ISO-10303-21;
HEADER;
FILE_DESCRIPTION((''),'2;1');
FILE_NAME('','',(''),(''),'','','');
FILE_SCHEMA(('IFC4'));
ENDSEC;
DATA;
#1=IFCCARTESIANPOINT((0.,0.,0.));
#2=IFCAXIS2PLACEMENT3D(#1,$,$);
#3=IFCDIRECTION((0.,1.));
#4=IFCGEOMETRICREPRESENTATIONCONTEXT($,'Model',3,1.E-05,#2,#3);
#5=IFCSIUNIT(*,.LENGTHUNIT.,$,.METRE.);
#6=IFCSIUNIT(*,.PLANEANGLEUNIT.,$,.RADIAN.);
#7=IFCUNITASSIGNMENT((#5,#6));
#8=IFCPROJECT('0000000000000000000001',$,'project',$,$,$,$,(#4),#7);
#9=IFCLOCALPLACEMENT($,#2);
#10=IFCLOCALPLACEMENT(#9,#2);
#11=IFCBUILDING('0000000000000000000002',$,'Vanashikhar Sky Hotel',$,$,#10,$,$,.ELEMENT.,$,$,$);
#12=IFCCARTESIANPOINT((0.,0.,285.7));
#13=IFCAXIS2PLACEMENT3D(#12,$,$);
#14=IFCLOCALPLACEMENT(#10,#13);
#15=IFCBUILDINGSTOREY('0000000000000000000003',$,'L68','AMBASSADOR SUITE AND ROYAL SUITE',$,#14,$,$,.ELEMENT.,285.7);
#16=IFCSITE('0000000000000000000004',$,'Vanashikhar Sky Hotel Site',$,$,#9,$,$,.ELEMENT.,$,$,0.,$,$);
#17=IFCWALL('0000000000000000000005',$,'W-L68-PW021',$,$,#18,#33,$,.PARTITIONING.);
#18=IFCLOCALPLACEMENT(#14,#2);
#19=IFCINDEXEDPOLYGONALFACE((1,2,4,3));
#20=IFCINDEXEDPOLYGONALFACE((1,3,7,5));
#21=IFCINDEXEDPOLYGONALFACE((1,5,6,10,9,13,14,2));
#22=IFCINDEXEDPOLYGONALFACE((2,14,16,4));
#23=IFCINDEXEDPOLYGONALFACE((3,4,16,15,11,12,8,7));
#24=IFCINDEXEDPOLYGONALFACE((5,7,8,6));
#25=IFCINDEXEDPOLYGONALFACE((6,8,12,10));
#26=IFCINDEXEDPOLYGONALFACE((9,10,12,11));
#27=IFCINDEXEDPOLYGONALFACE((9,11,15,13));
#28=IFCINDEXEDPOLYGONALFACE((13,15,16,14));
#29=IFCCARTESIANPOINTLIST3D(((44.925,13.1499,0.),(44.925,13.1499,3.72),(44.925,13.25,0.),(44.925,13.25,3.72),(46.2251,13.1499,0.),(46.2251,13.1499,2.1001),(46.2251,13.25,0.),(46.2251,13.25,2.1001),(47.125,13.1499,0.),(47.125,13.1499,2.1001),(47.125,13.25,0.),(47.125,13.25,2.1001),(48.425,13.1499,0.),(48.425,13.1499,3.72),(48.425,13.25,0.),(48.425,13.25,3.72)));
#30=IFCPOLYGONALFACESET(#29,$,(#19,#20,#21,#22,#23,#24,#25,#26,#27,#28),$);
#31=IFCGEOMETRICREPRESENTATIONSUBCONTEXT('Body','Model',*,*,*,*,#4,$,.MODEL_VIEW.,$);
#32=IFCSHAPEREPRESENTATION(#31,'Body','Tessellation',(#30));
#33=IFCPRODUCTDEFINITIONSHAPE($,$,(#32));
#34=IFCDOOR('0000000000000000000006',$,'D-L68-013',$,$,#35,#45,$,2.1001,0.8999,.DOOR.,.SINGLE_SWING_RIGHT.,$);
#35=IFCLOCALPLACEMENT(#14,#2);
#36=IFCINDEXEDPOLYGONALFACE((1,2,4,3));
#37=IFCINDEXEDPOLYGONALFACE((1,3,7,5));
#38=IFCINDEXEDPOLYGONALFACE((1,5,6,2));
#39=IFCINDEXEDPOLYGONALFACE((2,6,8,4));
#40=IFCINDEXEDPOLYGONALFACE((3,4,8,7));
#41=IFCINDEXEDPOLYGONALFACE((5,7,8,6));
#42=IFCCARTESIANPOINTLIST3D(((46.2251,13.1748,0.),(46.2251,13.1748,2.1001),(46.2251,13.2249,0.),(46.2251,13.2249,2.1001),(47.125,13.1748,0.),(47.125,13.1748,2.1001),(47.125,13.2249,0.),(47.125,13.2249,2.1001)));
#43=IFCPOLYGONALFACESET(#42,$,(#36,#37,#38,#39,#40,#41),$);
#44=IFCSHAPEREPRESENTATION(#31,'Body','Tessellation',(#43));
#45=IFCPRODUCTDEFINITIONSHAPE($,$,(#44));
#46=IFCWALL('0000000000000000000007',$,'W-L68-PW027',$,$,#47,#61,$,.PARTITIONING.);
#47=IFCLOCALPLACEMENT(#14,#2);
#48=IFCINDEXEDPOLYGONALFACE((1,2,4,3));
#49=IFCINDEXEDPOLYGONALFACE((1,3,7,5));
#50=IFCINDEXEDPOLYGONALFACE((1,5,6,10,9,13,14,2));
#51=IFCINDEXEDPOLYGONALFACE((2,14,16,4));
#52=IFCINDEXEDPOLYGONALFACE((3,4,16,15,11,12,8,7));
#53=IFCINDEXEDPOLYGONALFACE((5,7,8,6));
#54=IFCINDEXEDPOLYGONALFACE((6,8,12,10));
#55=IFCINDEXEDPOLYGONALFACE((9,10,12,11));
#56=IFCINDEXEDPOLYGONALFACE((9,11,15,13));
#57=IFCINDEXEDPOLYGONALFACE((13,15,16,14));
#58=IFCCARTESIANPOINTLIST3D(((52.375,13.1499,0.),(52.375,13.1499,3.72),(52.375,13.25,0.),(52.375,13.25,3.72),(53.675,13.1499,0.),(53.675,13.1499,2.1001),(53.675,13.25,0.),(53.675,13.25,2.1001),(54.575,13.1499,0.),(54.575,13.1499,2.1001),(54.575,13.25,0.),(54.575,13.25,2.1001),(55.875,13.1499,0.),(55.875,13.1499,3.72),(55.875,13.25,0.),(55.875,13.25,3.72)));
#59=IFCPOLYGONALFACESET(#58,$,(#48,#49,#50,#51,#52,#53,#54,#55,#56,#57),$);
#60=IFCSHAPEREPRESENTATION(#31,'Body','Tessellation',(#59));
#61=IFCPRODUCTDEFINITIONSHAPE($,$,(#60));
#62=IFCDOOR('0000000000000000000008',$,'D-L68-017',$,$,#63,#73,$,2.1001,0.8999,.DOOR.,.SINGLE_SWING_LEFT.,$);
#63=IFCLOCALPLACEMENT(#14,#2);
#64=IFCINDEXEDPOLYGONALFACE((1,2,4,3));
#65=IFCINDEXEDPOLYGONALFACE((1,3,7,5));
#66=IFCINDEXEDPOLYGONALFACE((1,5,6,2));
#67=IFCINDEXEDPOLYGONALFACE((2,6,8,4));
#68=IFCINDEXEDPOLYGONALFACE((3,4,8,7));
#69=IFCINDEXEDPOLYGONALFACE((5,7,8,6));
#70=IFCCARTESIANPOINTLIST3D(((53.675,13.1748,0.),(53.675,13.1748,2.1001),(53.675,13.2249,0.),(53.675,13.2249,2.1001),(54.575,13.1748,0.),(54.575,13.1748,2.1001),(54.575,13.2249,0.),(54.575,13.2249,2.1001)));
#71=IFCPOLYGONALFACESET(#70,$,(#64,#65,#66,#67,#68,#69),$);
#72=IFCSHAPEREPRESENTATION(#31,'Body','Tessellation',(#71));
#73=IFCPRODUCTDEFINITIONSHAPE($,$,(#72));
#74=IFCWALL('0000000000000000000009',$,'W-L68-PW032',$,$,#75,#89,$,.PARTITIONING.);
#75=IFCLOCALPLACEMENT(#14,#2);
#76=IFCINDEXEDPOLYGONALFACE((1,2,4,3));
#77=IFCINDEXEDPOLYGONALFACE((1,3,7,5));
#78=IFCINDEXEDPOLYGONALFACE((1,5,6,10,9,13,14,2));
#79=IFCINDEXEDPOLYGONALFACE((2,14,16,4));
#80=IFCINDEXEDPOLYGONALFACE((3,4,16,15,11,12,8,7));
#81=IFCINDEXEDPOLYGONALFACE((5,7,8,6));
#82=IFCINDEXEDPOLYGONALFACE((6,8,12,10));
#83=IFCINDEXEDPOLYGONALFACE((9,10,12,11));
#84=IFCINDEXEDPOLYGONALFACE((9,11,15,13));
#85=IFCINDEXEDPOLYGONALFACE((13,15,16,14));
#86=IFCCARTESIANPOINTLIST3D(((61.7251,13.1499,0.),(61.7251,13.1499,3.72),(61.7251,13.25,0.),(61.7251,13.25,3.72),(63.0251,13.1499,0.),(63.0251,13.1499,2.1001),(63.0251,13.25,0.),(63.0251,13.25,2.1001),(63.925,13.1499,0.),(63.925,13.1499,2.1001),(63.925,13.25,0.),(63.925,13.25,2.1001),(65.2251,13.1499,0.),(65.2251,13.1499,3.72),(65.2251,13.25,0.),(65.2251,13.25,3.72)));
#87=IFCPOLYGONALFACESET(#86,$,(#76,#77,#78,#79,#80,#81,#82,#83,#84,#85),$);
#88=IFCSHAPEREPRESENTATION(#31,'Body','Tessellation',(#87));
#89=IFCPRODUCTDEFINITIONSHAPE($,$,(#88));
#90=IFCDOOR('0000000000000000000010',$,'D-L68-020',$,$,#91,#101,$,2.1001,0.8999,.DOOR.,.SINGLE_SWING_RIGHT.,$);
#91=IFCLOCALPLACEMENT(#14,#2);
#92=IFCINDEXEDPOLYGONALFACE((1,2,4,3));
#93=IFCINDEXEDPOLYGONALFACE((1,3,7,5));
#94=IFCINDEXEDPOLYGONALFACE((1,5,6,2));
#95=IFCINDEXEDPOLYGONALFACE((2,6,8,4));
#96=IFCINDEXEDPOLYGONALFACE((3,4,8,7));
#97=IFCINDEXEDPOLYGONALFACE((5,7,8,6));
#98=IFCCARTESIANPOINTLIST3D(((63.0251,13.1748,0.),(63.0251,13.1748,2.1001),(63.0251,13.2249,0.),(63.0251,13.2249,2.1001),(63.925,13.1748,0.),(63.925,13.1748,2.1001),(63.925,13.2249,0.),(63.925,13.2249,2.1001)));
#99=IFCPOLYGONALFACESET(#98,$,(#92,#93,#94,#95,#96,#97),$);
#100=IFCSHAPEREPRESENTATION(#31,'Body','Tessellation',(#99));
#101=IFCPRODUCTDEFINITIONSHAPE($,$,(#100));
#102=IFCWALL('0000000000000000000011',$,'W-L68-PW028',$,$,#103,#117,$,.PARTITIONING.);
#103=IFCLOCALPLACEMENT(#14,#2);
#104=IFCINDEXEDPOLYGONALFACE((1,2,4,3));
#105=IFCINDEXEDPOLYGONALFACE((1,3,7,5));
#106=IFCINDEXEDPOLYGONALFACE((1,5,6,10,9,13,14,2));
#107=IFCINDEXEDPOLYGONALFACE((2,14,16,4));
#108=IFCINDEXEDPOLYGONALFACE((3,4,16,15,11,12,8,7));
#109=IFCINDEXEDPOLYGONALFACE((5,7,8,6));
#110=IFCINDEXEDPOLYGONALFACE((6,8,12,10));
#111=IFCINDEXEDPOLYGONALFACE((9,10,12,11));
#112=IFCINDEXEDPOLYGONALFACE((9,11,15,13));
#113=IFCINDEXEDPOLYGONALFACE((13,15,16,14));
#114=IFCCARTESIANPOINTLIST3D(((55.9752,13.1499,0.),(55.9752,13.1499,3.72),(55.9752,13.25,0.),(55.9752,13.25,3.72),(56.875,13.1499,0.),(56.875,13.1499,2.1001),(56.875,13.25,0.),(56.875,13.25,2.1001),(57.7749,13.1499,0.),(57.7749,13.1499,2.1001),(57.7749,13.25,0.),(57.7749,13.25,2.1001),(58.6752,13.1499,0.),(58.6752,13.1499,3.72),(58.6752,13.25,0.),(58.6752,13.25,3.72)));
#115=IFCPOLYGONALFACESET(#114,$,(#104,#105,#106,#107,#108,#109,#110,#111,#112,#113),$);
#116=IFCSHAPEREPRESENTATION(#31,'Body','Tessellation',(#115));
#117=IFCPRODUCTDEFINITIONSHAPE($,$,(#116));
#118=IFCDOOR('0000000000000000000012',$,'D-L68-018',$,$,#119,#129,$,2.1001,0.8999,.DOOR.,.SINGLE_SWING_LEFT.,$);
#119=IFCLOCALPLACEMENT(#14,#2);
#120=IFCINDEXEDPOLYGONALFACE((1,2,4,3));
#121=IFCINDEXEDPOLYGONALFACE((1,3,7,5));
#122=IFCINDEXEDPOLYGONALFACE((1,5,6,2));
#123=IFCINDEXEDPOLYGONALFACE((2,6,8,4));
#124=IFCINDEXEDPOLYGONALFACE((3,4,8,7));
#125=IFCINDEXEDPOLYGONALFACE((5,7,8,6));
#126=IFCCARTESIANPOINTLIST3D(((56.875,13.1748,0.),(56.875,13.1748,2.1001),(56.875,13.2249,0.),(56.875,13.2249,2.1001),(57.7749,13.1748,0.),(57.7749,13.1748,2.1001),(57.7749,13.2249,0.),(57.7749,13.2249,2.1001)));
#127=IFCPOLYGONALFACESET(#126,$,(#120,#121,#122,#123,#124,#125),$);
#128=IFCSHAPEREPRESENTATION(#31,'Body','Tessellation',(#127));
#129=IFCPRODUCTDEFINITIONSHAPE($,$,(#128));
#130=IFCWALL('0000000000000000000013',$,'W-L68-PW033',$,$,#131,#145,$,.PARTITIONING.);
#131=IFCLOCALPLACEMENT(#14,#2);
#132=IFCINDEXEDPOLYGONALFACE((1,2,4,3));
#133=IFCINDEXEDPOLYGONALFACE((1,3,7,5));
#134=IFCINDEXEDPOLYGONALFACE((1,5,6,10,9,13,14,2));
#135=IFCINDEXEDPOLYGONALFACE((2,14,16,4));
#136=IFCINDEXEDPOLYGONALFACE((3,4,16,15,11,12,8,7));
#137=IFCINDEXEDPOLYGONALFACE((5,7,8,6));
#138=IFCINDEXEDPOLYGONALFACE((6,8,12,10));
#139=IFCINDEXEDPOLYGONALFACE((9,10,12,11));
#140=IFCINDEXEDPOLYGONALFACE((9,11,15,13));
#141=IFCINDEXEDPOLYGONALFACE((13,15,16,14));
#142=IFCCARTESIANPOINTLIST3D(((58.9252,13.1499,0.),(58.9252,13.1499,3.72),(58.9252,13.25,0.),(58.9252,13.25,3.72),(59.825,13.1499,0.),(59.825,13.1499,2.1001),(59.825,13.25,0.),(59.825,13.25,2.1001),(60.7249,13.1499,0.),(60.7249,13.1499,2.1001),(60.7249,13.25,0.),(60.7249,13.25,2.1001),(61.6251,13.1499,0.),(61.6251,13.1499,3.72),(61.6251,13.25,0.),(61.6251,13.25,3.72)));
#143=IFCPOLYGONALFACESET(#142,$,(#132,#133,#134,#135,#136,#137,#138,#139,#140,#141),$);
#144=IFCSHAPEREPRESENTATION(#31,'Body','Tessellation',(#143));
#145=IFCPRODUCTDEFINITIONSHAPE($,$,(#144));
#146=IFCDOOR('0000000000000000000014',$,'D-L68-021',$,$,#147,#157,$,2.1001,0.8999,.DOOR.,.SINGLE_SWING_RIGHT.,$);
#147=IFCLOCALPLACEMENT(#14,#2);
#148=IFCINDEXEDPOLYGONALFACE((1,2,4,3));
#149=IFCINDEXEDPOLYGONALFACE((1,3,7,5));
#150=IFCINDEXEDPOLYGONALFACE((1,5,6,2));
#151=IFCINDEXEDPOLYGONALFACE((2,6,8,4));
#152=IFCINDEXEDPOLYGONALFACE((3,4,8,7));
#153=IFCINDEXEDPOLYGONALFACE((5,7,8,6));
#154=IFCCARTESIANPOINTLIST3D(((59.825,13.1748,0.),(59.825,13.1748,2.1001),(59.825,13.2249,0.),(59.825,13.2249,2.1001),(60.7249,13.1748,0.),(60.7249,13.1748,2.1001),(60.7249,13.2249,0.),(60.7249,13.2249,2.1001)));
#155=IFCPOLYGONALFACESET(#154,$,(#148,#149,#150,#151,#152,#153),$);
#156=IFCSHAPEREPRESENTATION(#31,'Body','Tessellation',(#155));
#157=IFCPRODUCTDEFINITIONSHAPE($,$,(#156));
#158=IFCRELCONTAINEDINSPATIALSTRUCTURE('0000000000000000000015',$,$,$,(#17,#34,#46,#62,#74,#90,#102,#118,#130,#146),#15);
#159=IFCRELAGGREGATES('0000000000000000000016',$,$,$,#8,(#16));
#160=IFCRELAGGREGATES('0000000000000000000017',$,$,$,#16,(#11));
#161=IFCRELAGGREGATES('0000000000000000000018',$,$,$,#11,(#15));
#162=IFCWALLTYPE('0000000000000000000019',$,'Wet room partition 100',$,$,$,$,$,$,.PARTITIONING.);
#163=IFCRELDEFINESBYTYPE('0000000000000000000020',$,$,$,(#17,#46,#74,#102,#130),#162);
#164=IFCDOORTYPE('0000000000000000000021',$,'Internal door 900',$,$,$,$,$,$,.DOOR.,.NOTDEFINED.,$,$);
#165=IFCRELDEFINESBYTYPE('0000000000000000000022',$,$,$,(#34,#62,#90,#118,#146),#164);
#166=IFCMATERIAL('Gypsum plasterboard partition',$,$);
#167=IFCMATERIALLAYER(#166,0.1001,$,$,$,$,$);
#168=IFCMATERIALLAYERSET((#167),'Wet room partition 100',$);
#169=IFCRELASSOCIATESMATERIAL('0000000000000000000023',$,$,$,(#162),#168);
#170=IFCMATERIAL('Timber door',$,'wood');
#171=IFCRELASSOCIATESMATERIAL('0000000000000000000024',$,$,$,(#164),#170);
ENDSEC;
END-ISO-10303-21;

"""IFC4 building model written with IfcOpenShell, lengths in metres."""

from ifc_helpers import new_model, si_unit, direction, frame, frame_2d, origin, place, context, subcontext, project, spatial, rectangle, extrude, source, transform, mapped, material, layer, layer_set, type_object, element, fill, save


model = new_model("IFC4")

# Units and contexts
model_context = context("Model", 3, precision=1e-05, world=origin(), true_north=direction((0.0, 1.0)))
body_context = subcontext(model_context, "Body", "Model", "MODEL_VIEW")
ifc_project = project(units=[si_unit("LENGTHUNIT", "METRE"), si_unit("PLANEANGLEUNIT", "RADIAN")], contexts=[model_context])

# Site, building, storey
site_placement = place(None, origin())
site = spatial("IfcSite", under=ifc_project, at=site_placement, Name="Vanashikhar Sky Hotel Site", CompositionType="ELEMENT", RefElevation=0.0)
building_placement = place(site_placement, origin())
building = spatial("IfcBuilding", under=site, at=building_placement, Name="Vanashikhar Sky Hotel", CompositionType="ELEMENT")
storey_placement = place(building_placement, frame((0.0, 0.0, 285.7)))
storey = spatial("IfcBuildingStorey", under=building, at=storey_placement, Name="L68", Description="AMBASSADOR SUITE AND ROYAL SUITE", CompositionType="ELEMENT", Elevation=285.7)

# Shared definitions
ifc_material_1 = material(Name="Gypsum plasterboard partition")
ifc_layer_1 = layer(ifc_material_1, 0.1001)
ifc_layer_set_1 = layer_set([ifc_layer_1], Name="Wet room partition 100")
wall_type_1 = type_object("IfcWallType", Name="Wet room partition 100", PredefinedType="PARTITIONING", material=ifc_layer_set_1)

# Walls, openings, doors
shared_shape_1 = source(origin(), body_context, "Body", "SweptSolid", [
    extrude(rectangle(XDim=3.5, YDim=0.1001, at=frame_2d((1.75, 0.0))), origin(), (0.0, 0.0, 1.0), 3.72),
])
wall_1_placement = place(storey_placement, frame((44.925, 13.2, 0.0), z_axis=(0.0, 0.0, 1.0), x_axis=(1.0, 0.0, 0.0)))
wall_1 = element("IfcWall", 1, at=wall_1_placement, inside=storey, type_object=wall_type_1, Name="W-L68-PW021", PredefinedType="PARTITIONING", context=body_context, shape_type="MappedRepresentation", body=[
    mapped(shared_shape_1, transform((0.0, 0.0, 0.0), scale=1.0)),
])
shared_shape_2 = source(origin(), body_context, "Body", "SweptSolid", [
    extrude(rectangle(XDim=0.8999, YDim=2.1001, at=frame_2d((0.45, 1.05))), frame((0.0, 0.0601, 0.0), z_axis=(0.0, -1.0, 0.0), x_axis=(1.0, 0.0, 0.0)), (0.0, 0.0, 1.0), 0.1201),
])
opening_1_placement = place(wall_1_placement, frame((1.3, 0.0, 0.0)))
opening_1 = element("IfcOpeningElement", 2, at=opening_1_placement, cuts=wall_1, PredefinedType="OPENING", context=body_context, shape_type="MappedRepresentation", body=[
    mapped(shared_shape_2, transform((0.0, 0.0, 0.0), scale=1.0)),
])
ifc_material_2 = material(Name="Timber door", Category="wood")
door_type_1 = type_object("IfcDoorType", Name="Internal door 900", OperationType="NOTDEFINED", PredefinedType="DOOR", material=ifc_material_2)
shared_shape_3 = source(origin(), body_context, "Body", "SweptSolid", [
    extrude(rectangle(XDim=0.8999, YDim=2.1001, at=frame_2d((0.45, 1.05))), frame((0.0, 0.0249, 0.0), z_axis=(0.0, -1.0, 0.0), x_axis=(1.0, 0.0, 0.0)), (0.0, 0.0, 1.0), 0.05),
])
door_1_placement = place(opening_1_placement, origin())
door_1 = element("IfcDoor", 3, at=door_1_placement, inside=storey, type_object=door_type_1, Name="D-L68-013", OperationType="SINGLE_SWING_RIGHT", OverallHeight=2.1001, OverallWidth=0.8999, PredefinedType="DOOR", context=body_context, shape_type="MappedRepresentation", body=[
    mapped(shared_shape_3, transform((0.0, 0.0, 0.0), scale=1.0)),
])
fill(opening_1, door_1)
wall_2_placement = place(storey_placement, frame((52.375, 13.2, 0.0), z_axis=(0.0, 0.0, 1.0), x_axis=(1.0, 0.0, 0.0)))
wall_2 = element("IfcWall", 4, at=wall_2_placement, inside=storey, type_object=wall_type_1, Name="W-L68-PW027", PredefinedType="PARTITIONING", context=body_context, shape_type="MappedRepresentation", body=[
    mapped(shared_shape_1, transform((0.0, 0.0, 0.0), scale=1.0)),
])
opening_2_placement = place(wall_2_placement, frame((1.3, 0.0, 0.0)))
opening_2 = element("IfcOpeningElement", 5, at=opening_2_placement, cuts=wall_2, PredefinedType="OPENING", context=body_context, shape_type="MappedRepresentation", body=[
    mapped(shared_shape_2, transform((0.0, 0.0, 0.0), scale=1.0)),
])
door_2_placement = place(opening_2_placement, origin())
door_2 = element("IfcDoor", 6, at=door_2_placement, inside=storey, type_object=door_type_1, Name="D-L68-017", OperationType="SINGLE_SWING_LEFT", OverallHeight=2.1001, OverallWidth=0.8999, PredefinedType="DOOR", context=body_context, shape_type="MappedRepresentation", body=[
    mapped(shared_shape_3, transform((0.0, 0.0, 0.0), scale=1.0)),
])
fill(opening_2, door_2)
wall_3_placement = place(storey_placement, frame((61.7251, 13.2, 0.0), z_axis=(0.0, 0.0, 1.0), x_axis=(1.0, 0.0, 0.0)))
wall_3 = element("IfcWall", 7, at=wall_3_placement, inside=storey, type_object=wall_type_1, Name="W-L68-PW032", PredefinedType="PARTITIONING", context=body_context, shape_type="MappedRepresentation", body=[
    mapped(shared_shape_1, transform((0.0, 0.0, 0.0), scale=1.0)),
])
opening_3_placement = place(wall_3_placement, frame((1.3, 0.0, 0.0)))
opening_3 = element("IfcOpeningElement", 8, at=opening_3_placement, cuts=wall_3, PredefinedType="OPENING", context=body_context, shape_type="MappedRepresentation", body=[
    mapped(shared_shape_2, transform((0.0, 0.0, 0.0), scale=1.0)),
])
door_3_placement = place(opening_3_placement, origin())
door_3 = element("IfcDoor", 9, at=door_3_placement, inside=storey, type_object=door_type_1, Name="D-L68-020", OperationType="SINGLE_SWING_RIGHT", OverallHeight=2.1001, OverallWidth=0.8999, PredefinedType="DOOR", context=body_context, shape_type="MappedRepresentation", body=[
    mapped(shared_shape_3, transform((0.0, 0.0, 0.0), scale=1.0)),
])
fill(opening_3, door_3)
shared_shape_4 = source(origin(), body_context, "Body", "SweptSolid", [
    extrude(rectangle(XDim=2.7, YDim=0.1001, at=frame_2d((1.3501, 0.0))), origin(), (0.0, 0.0, 1.0), 3.72),
])
wall_4_placement = place(storey_placement, frame((55.9751, 13.2, 0.0), z_axis=(0.0, 0.0, 1.0), x_axis=(1.0, 0.0, 0.0)))
wall_4 = element("IfcWall", 10, at=wall_4_placement, inside=storey, type_object=wall_type_1, Name="W-L68-PW028", PredefinedType="PARTITIONING", context=body_context, shape_type="MappedRepresentation", body=[
    mapped(shared_shape_4, transform((0.0, 0.0, 0.0), scale=1.0)),
])
opening_4_placement = place(wall_4_placement, frame((0.8999, 0.0, 0.0)))
opening_4 = element("IfcOpeningElement", 11, at=opening_4_placement, cuts=wall_4, PredefinedType="OPENING", context=body_context, shape_type="MappedRepresentation", body=[
    mapped(shared_shape_2, transform((0.0, 0.0, 0.0), scale=1.0)),
])
door_4_placement = place(opening_4_placement, origin())
door_4 = element("IfcDoor", 12, at=door_4_placement, inside=storey, type_object=door_type_1, Name="D-L68-018", OperationType="SINGLE_SWING_LEFT", OverallHeight=2.1001, OverallWidth=0.8999, PredefinedType="DOOR", context=body_context, shape_type="MappedRepresentation", body=[
    mapped(shared_shape_3, transform((0.0, 0.0, 0.0), scale=1.0)),
])
fill(opening_4, door_4)
wall_5_placement = place(storey_placement, frame((58.925, 13.2, 0.0), z_axis=(0.0, 0.0, 1.0), x_axis=(1.0, 0.0, 0.0)))
wall_5 = element("IfcWall", 13, at=wall_5_placement, inside=storey, type_object=wall_type_1, Name="W-L68-PW033", PredefinedType="PARTITIONING", context=body_context, shape_type="MappedRepresentation", body=[
    mapped(shared_shape_4, transform((0.0, 0.0, 0.0), scale=1.0)),
])
opening_5_placement = place(wall_5_placement, frame((0.8999, 0.0, 0.0)))
opening_5 = element("IfcOpeningElement", 14, at=opening_5_placement, cuts=wall_5, PredefinedType="OPENING", context=body_context, shape_type="MappedRepresentation", body=[
    mapped(shared_shape_2, transform((0.0, 0.0, 0.0), scale=1.0)),
])
door_5_placement = place(opening_5_placement, origin())
door_5 = element("IfcDoor", 15, at=door_5_placement, inside=storey, type_object=door_type_1, Name="D-L68-021", OperationType="SINGLE_SWING_RIGHT", OverallHeight=2.1001, OverallWidth=0.8999, PredefinedType="DOOR", context=body_context, shape_type="MappedRepresentation", body=[
    mapped(shared_shape_3, transform((0.0, 0.0, 0.0), scale=1.0)),
])
fill(opening_5, door_5)

save(model, "model.ifc")
